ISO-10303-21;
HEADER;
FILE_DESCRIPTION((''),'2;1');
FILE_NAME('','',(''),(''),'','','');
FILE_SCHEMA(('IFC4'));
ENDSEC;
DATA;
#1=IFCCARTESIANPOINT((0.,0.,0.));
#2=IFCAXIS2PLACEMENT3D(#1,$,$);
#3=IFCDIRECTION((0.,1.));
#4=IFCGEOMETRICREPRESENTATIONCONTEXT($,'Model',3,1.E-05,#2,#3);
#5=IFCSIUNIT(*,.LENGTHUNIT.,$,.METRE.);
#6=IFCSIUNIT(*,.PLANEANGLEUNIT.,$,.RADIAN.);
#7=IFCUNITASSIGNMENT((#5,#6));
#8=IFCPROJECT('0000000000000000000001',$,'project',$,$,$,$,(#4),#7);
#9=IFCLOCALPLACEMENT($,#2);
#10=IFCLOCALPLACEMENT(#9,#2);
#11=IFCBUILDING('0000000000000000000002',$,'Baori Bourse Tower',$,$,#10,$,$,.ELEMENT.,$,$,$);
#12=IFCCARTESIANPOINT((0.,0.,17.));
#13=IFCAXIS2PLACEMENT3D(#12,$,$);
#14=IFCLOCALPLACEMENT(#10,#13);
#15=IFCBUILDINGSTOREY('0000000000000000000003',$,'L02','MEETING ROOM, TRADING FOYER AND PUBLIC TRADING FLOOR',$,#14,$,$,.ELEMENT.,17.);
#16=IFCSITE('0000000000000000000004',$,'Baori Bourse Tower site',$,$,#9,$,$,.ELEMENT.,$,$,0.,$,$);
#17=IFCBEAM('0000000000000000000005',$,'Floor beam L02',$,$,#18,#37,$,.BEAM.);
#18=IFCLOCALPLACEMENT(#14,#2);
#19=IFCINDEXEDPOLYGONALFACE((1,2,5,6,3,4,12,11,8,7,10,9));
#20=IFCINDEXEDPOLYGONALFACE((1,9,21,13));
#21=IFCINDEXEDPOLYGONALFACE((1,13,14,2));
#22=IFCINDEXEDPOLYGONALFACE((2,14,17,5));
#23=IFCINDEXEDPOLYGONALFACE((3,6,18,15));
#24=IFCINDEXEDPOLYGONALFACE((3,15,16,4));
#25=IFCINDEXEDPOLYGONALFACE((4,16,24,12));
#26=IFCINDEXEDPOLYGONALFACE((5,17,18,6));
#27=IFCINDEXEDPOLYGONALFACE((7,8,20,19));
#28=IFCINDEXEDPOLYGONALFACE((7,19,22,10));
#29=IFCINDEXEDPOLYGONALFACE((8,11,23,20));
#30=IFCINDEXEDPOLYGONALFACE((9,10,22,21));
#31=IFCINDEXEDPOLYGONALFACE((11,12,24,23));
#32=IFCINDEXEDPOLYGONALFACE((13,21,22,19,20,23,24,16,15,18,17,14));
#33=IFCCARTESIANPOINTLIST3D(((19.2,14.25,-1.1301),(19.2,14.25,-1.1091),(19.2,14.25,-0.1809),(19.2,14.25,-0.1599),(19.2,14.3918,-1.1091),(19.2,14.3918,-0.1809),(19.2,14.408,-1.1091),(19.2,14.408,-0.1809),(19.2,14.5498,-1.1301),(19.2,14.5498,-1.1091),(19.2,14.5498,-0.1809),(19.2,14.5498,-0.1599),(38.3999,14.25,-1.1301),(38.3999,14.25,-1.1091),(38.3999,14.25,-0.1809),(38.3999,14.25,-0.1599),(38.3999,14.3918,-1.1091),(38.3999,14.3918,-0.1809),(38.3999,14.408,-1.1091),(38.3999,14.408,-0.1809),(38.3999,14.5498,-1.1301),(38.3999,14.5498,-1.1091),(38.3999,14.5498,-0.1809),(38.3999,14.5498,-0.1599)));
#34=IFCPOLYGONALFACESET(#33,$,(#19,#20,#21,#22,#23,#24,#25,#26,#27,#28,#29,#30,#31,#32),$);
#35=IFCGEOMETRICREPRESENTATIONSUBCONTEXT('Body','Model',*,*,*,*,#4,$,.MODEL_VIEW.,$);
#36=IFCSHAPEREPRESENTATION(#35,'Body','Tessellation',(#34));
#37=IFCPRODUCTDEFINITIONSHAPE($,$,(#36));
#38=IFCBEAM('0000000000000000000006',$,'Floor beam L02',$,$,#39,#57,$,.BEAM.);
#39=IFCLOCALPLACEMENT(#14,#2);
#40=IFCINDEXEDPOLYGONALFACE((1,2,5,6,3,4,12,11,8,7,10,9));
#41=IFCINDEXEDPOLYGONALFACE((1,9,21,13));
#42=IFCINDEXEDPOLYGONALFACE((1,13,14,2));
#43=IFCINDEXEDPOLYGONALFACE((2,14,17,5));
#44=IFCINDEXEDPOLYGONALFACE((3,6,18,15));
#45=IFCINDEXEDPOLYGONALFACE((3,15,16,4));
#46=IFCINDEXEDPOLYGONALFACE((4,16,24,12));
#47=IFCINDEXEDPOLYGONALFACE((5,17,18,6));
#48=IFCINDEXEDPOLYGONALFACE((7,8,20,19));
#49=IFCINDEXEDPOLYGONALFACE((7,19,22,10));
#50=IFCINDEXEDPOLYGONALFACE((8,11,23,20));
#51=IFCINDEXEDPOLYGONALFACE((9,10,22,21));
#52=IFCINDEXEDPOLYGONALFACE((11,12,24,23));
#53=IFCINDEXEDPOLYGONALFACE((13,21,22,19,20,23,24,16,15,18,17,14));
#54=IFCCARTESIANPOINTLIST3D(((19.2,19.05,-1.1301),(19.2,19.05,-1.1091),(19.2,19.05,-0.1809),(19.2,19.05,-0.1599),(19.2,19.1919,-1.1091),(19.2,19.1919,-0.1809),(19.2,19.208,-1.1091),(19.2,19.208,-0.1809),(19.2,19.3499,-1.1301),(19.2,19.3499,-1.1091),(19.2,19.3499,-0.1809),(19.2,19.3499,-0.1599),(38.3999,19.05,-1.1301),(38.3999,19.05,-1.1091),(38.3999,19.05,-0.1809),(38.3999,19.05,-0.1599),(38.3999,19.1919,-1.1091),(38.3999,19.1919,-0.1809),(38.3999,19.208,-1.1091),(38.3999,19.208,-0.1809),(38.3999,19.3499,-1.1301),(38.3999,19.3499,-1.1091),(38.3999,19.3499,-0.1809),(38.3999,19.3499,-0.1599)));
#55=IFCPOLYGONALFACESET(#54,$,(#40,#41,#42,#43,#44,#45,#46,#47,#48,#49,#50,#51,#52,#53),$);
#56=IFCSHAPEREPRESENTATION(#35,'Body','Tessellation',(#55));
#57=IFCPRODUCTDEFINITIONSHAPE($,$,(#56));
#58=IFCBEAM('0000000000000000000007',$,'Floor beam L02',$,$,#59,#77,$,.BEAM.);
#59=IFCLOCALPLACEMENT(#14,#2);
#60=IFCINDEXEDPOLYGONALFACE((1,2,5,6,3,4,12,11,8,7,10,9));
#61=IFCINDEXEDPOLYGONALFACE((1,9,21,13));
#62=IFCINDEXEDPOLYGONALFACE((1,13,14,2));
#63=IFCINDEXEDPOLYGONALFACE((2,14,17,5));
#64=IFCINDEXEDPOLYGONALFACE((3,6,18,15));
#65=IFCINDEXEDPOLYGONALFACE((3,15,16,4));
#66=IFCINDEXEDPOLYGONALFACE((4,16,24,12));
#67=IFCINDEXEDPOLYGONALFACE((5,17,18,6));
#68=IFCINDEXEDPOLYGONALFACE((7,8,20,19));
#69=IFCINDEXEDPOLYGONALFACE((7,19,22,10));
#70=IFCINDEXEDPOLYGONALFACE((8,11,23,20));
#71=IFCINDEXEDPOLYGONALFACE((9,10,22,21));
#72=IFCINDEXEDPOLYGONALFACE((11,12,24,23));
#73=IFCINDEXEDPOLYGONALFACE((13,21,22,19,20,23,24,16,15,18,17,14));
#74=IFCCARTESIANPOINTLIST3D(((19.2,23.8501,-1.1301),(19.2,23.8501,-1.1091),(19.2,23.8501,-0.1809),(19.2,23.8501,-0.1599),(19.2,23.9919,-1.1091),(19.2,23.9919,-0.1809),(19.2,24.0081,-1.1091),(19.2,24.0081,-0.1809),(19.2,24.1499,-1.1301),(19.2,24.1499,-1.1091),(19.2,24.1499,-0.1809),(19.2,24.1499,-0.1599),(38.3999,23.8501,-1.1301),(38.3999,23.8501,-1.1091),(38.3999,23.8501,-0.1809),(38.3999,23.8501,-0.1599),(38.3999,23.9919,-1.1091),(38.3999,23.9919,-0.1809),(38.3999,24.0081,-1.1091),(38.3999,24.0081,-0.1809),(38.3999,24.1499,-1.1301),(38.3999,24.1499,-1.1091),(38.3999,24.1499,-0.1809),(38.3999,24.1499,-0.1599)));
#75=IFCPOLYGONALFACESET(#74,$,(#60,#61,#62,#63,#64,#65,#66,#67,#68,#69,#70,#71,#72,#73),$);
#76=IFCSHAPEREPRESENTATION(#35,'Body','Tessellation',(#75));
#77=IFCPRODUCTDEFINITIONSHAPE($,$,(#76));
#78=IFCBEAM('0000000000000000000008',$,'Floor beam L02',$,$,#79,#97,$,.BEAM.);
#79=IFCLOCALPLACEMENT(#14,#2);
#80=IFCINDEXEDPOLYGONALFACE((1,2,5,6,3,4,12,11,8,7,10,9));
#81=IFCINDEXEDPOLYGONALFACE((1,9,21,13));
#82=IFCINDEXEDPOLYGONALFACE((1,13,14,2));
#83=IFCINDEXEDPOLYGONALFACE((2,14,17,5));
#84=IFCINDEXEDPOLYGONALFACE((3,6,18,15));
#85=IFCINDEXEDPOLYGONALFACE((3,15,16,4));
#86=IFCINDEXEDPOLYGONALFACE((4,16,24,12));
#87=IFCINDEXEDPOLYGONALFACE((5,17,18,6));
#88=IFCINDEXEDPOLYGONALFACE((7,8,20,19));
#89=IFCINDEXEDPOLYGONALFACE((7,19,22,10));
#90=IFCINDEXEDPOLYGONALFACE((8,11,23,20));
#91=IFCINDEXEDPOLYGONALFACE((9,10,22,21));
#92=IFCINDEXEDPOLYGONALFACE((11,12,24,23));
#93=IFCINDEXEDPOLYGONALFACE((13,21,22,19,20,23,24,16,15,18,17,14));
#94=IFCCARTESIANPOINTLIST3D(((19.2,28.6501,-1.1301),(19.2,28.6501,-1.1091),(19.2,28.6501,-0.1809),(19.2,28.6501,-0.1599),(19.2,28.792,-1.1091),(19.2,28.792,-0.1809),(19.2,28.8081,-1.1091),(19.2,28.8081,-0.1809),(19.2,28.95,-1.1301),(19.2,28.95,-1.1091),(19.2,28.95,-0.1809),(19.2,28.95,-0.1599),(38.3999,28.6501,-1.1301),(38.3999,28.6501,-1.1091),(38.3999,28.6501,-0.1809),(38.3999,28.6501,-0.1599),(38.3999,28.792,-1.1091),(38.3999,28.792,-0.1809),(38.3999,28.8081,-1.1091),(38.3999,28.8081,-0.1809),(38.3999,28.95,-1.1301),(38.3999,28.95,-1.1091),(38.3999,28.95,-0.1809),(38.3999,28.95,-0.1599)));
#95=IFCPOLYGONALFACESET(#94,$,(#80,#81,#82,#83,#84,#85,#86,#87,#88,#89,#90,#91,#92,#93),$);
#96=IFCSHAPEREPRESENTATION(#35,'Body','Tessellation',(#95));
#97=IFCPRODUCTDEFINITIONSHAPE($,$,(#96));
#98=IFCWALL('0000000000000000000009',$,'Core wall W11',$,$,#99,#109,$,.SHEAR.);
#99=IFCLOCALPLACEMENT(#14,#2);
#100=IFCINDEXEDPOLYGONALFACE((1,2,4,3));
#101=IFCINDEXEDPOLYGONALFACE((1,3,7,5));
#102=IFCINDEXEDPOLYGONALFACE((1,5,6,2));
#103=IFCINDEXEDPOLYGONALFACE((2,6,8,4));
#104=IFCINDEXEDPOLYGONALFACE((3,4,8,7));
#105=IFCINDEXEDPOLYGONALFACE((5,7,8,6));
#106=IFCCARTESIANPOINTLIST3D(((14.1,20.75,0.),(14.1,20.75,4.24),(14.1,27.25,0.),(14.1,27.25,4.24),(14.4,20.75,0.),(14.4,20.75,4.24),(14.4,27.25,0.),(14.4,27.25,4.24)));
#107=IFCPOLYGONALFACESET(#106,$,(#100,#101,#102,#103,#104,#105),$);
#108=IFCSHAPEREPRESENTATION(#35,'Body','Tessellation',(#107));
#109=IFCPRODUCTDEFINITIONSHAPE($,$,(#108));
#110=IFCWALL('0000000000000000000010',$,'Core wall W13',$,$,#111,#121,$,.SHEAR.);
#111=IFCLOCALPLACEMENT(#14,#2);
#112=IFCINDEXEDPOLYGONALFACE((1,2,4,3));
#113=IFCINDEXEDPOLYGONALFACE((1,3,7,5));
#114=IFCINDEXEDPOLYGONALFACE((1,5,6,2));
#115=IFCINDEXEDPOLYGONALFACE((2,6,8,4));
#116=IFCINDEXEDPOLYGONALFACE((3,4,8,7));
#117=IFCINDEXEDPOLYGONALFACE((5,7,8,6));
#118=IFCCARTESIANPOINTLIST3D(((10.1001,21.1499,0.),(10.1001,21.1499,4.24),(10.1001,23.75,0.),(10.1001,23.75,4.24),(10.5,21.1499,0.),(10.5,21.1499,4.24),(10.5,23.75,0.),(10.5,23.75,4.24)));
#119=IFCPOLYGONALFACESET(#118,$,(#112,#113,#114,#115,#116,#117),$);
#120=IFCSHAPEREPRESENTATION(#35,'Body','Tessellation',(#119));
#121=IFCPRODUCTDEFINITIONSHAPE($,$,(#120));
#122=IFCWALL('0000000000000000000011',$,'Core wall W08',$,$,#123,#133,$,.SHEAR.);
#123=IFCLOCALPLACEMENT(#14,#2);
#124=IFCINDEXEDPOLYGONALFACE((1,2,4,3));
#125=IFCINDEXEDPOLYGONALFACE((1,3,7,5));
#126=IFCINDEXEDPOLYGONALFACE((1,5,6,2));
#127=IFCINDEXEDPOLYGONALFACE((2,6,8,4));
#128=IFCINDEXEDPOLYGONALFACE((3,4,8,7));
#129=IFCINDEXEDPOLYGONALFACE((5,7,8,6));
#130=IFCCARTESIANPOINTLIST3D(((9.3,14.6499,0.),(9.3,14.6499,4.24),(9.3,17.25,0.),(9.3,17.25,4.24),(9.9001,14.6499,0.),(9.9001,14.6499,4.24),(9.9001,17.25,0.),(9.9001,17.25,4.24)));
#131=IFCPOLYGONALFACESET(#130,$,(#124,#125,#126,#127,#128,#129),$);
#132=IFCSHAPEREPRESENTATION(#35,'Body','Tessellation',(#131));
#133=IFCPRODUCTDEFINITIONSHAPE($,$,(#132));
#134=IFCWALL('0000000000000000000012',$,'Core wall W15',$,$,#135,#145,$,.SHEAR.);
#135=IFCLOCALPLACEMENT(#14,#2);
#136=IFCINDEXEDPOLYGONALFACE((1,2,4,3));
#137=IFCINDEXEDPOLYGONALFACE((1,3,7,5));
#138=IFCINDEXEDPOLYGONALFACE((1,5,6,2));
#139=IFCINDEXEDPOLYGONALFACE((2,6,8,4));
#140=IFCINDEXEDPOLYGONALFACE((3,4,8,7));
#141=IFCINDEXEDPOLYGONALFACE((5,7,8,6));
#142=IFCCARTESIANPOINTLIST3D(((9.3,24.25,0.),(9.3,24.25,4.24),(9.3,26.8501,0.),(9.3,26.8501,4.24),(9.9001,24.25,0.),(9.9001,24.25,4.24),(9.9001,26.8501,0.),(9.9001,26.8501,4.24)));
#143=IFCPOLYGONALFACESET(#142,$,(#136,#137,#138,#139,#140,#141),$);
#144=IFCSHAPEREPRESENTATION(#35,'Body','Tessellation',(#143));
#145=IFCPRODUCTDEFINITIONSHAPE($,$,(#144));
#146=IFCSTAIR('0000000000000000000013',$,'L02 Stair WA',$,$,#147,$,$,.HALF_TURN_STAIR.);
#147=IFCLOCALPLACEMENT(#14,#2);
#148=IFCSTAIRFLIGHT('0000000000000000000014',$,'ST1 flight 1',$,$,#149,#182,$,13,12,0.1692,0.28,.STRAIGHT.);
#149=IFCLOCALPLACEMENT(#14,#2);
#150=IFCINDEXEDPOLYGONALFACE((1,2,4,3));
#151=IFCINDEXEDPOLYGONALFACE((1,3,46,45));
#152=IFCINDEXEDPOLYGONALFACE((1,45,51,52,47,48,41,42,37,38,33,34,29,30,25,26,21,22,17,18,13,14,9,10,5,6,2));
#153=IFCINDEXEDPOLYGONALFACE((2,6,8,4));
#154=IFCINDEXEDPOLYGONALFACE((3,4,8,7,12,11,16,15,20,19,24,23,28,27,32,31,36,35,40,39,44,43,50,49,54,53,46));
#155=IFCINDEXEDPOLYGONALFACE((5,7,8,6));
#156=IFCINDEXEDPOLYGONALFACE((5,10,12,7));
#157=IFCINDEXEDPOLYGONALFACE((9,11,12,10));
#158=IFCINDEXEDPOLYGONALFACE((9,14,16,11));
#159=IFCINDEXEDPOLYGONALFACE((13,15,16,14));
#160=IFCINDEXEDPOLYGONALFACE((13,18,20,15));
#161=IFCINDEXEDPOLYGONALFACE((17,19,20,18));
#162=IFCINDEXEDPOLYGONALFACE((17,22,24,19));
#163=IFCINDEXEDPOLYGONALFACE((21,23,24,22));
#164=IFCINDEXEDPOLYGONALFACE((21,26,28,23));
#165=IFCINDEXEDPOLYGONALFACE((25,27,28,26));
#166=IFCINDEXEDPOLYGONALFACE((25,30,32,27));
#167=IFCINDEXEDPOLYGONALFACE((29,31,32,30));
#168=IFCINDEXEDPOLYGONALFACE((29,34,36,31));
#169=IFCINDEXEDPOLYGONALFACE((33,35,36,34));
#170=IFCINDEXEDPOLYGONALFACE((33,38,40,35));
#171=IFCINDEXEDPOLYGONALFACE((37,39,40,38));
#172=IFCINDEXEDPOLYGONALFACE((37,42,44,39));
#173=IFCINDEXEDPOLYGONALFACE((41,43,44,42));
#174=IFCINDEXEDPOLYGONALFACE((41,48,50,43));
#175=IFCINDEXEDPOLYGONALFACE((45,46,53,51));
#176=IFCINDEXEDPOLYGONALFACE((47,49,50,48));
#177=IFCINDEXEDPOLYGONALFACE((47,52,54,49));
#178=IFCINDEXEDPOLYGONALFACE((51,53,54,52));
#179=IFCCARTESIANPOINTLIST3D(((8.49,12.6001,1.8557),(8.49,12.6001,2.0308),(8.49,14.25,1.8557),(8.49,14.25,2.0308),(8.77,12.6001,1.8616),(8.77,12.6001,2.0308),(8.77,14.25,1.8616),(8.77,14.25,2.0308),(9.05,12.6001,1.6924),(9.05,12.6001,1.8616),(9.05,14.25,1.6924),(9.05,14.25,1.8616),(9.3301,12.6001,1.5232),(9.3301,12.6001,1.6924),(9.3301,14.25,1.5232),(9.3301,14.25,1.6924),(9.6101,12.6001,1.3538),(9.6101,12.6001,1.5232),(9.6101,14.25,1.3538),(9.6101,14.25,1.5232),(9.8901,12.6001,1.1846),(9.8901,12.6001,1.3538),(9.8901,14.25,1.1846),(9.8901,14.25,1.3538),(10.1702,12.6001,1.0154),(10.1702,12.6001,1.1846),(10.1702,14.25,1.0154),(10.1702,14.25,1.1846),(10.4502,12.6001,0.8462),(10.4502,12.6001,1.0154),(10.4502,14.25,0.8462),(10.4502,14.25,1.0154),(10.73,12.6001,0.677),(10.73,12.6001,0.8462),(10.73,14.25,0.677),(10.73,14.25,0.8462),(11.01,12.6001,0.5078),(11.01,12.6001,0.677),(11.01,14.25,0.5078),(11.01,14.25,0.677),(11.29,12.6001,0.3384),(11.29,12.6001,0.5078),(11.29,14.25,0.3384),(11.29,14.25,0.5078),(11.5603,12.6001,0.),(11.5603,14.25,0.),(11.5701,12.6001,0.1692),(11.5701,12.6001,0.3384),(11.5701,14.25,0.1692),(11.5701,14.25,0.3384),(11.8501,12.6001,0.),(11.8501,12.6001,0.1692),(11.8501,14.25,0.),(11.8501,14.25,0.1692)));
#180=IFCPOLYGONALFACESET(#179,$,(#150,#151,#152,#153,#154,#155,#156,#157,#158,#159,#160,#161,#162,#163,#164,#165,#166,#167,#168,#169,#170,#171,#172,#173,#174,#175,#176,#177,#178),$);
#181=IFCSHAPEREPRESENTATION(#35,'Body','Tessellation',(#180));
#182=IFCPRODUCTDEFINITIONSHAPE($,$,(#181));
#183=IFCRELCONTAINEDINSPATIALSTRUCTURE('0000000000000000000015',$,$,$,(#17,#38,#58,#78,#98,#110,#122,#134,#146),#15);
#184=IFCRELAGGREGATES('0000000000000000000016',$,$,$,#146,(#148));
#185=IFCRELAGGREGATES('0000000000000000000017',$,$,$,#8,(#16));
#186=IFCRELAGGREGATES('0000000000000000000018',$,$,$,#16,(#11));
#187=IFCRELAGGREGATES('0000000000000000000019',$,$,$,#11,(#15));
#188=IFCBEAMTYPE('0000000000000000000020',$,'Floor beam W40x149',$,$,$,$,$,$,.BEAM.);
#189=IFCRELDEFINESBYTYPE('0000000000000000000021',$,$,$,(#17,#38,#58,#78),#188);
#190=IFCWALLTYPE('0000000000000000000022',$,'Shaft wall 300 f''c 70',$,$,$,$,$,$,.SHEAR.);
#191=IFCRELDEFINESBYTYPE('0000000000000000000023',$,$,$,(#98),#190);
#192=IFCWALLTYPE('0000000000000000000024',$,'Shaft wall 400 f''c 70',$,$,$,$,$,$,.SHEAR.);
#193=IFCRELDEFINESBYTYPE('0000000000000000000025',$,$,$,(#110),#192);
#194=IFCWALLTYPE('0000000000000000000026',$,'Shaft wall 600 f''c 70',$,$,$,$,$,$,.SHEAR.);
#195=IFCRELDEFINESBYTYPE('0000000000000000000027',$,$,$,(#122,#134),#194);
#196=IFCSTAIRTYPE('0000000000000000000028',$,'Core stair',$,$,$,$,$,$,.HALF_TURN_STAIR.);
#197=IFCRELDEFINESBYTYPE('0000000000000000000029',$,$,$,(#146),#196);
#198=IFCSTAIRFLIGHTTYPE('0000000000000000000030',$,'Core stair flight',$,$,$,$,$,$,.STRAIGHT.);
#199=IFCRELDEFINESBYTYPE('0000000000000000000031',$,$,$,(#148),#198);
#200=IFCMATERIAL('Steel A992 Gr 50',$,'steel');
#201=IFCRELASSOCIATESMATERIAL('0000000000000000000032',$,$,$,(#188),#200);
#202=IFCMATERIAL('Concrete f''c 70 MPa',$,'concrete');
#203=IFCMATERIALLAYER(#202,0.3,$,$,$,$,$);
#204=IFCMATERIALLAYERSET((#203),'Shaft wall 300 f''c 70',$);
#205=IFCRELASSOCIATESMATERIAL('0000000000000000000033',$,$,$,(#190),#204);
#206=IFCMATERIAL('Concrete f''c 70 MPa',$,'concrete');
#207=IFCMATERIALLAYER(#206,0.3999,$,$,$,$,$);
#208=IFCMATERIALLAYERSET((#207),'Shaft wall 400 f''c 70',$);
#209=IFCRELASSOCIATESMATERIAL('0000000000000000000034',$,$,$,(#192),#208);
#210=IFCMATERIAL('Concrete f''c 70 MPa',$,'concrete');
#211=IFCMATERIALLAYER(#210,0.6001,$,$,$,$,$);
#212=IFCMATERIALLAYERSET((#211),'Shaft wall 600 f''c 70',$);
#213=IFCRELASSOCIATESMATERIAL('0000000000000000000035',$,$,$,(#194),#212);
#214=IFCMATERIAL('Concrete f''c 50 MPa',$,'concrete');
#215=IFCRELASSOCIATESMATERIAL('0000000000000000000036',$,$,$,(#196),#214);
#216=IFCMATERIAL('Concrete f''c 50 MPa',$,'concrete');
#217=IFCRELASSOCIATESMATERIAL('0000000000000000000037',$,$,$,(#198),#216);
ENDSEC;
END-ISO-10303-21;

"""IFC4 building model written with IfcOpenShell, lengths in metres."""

from ifc_helpers import new_model, si_unit, direction, frame, frame_2d, origin, origin_2d, place, context, subcontext, project, spatial, polyline, rectangle, i_section, outline, extrude, material, layer, layer_set, material_profile, profile_set, type_object, element, aggregate, save


model = new_model("IFC4")

# Units and contexts
model_context = context("Model", 3, precision=1e-05, world=origin(), true_north=direction((0.0, 1.0)))
body_context = subcontext(model_context, "Body", "Model", "MODEL_VIEW")
ifc_project = project(units=[si_unit("LENGTHUNIT", "METRE"), si_unit("PLANEANGLEUNIT", "RADIAN")], contexts=[model_context])

# Site, building, storey
site_placement = place(None, origin())
site = spatial("IfcSite", under=ifc_project, at=site_placement, Name="Baori Bourse Tower site", CompositionType="ELEMENT", RefElevation=0.0)
building_placement = place(site_placement, origin())
building = spatial("IfcBuilding", under=site, at=building_placement, Name="Baori Bourse Tower", CompositionType="ELEMENT")
storey_placement = place(building_placement, frame((0.0, 0.0, 17.0)))
storey = spatial("IfcBuildingStorey", under=building, at=storey_placement, Name="L02", Description="MEETING ROOM, TRADING FOYER AND PUBLIC TRADING FLOOR", CompositionType="ELEMENT", Elevation=17.0)

# Beams
ifc_material_1 = material(Name="Steel A992 Gr 50", Category="steel")
ifc_material_profile = material_profile(ifc_material_1, i_section(OverallWidth=0.2998, OverallDepth=0.9702, WebThickness=0.0161, FlangeThickness=0.021, at=origin_2d()), Name="W40x149")
ifc_profile_set = profile_set([ifc_material_profile], Name="Steel A992 Gr 50")
beam_type = type_object("IfcBeamType", Name="Floor beam W40x149", PredefinedType="BEAM", material=ifc_profile_set)
for number, where, z_axis, x_axis, name in (
    (1, (19.2, 14.3999, -0.645), (1.0, 0.0, 0.0), (0.0, 1.0, 0.0), "Floor beam L02"),
    (2, (19.2, 19.2, -0.645), (1.0, 0.0, 0.0), (0.0, 1.0, 0.0), "Floor beam L02"),
    (3, (19.2, 24.0, -0.645), (1.0, 0.0, 0.0), (0.0, 1.0, 0.0), "Floor beam L02"),
    (4, (19.2, 28.8, -0.645), (1.0, 0.0, 0.0), (0.0, 1.0, 0.0), "Floor beam L02"),
):
    element("IfcBeam", number, at=place(storey_placement, frame(where, z_axis=z_axis, x_axis=x_axis)), inside=storey, type_object=beam_type, Name=name, PredefinedType="BEAM", context=body_context, shape_type="SweptSolid", body=[
        extrude(i_section(OverallWidth=0.2998, OverallDepth=0.9702, WebThickness=0.0161, FlangeThickness=0.021, at=origin_2d()), origin(), (0.0, 0.0, 1.0), 19.2),
    ])

# Walls
ifc_material_2 = material(Name="Concrete f'c 70 MPa", Category="concrete")
ifc_layer_1 = layer(ifc_material_2, 0.3)
ifc_layer_set_1 = layer_set([ifc_layer_1], Name="Shaft wall 300 f'c 70")
wall_type_1 = type_object("IfcWallType", Name="Shaft wall 300 f'c 70", PredefinedType="SHEAR", material=ifc_layer_set_1)
wall_1_placement = place(storey_placement, frame((14.25, 20.75, 0.0), z_axis=(0.0, 0.0, 1.0), x_axis=(0.0, 1.0, 0.0)))
element("IfcWall", 5, at=wall_1_placement, inside=storey, type_object=wall_type_1, Name="Core wall W11", PredefinedType="SHEAR", context=body_context, shape_type="SweptSolid", body=[
    extrude(rectangle(XDim=6.5, YDim=0.3, at=frame_2d((3.25, 0.0))), origin(), (0.0, 0.0, 1.0), 4.24),
])
ifc_material_3 = material(Name="Concrete f'c 70 MPa", Category="concrete")
ifc_layer_2 = layer(ifc_material_3, 0.3999)
ifc_layer_set_2 = layer_set([ifc_layer_2], Name="Shaft wall 400 f'c 70")
wall_type_2 = type_object("IfcWallType", Name="Shaft wall 400 f'c 70", PredefinedType="SHEAR", material=ifc_layer_set_2)
wall_2_placement = place(storey_placement, frame((10.3, 21.1499, 0.0), z_axis=(0.0, 0.0, 1.0), x_axis=(0.0, 1.0, 0.0)))
element("IfcWall", 6, at=wall_2_placement, inside=storey, type_object=wall_type_2, Name="Core wall W13", PredefinedType="SHEAR", context=body_context, shape_type="SweptSolid", body=[
    extrude(rectangle(XDim=2.6001, YDim=0.3999, at=frame_2d((1.3, 0.0))), origin(), (0.0, 0.0, 1.0), 4.24),
])
ifc_material_4 = material(Name="Concrete f'c 70 MPa", Category="concrete")
ifc_layer_3 = layer(ifc_material_4, 0.6001)
ifc_layer_set_3 = layer_set([ifc_layer_3], Name="Shaft wall 600 f'c 70")
wall_type_3 = type_object("IfcWallType", Name="Shaft wall 600 f'c 70", PredefinedType="SHEAR", material=ifc_layer_set_3)
for number, where, z_axis, x_axis, name in (
    (7, (9.6001, 14.6499, 0.0), (0.0, 0.0, 1.0), (0.0, 1.0, 0.0), "Core wall W08"),
    (8, (9.6001, 24.25, 0.0), (0.0, 0.0, 1.0), (0.0, 1.0, 0.0), "Core wall W15"),
):
    element("IfcWall", number, at=place(storey_placement, frame(where, z_axis=z_axis, x_axis=x_axis)), inside=storey, type_object=wall_type_3, Name=name, PredefinedType="SHEAR", context=body_context, shape_type="SweptSolid", body=[
        extrude(rectangle(XDim=2.6001, YDim=0.6001, at=frame_2d((1.3, 0.0))), origin(), (0.0, 0.0, 1.0), 4.24),
    ])

# Stair, stair flight
ifc_material_5 = material(Name="Concrete f'c 50 MPa", Category="concrete")
stair_type = type_object("IfcStairType", Name="Core stair", PredefinedType="HALF_TURN_STAIR", material=ifc_material_5)
stair_placement = place(storey_placement, origin())
stair = element("IfcStair", 9, at=stair_placement, inside=storey, type_object=stair_type, Name="L02 Stair WA", PredefinedType="HALF_TURN_STAIR")
ifc_material_6 = material(Name="Concrete f'c 50 MPa", Category="concrete")
stair_flight_type = type_object("IfcStairFlightType", Name="Core stair flight", PredefinedType="STRAIGHT", material=ifc_material_6)
stair_flight_placement = place(storey_placement, frame((11.8501, 13.425, 0.0), z_axis=(0.0, 0.0, 1.0), x_axis=(-1.0, 0.0, 0.0)))
stair_flight = element("IfcStairFlight", 10, at=stair_flight_placement, type_object=stair_flight_type, Name="ST1 flight 1", NumberOfRisers=13, NumberOfTreads=12, PredefinedType="STRAIGHT", RiserHeight=0.1692, TreadLength=0.28, context=body_context, shape_type="SweptSolid", body=[
    extrude(outline(polyline([(0.0, 0.0), (0.0, 0.1692), (0.28, 0.1692), (0.28, 0.3384), (0.5601, 0.3384), (0.5601, 0.5078), (0.8401, 0.5078), (0.8401, 0.677), (1.1201, 0.677), (1.1201, 0.8462), (1.3999, 0.8462), (1.3999, 1.0154), (1.6799, 1.0154), (1.6799, 1.1846), (1.96, 1.1846), (1.96, 1.3538), (2.24, 1.3538), (2.24, 1.5232), (2.52, 1.5232), (2.52, 1.6924), (2.8, 1.6924), (2.8, 1.8616), (3.0801, 1.8616), (3.0801, 2.0308), (3.3601, 2.0308), (3.3601, 2.2), (3.3601, 1.8557), (0.2898, 0.0), (0.0, 0.0)])), frame((0.0, 0.825, 0.0), z_axis=(0.0, -1.0, 0.0), x_axis=(1.0, 0.0, 0.0)), (0.0, 0.0, 1.0), 1.6499),
])
aggregate(stair, [stair_flight])

save(model, "model.ifc")
